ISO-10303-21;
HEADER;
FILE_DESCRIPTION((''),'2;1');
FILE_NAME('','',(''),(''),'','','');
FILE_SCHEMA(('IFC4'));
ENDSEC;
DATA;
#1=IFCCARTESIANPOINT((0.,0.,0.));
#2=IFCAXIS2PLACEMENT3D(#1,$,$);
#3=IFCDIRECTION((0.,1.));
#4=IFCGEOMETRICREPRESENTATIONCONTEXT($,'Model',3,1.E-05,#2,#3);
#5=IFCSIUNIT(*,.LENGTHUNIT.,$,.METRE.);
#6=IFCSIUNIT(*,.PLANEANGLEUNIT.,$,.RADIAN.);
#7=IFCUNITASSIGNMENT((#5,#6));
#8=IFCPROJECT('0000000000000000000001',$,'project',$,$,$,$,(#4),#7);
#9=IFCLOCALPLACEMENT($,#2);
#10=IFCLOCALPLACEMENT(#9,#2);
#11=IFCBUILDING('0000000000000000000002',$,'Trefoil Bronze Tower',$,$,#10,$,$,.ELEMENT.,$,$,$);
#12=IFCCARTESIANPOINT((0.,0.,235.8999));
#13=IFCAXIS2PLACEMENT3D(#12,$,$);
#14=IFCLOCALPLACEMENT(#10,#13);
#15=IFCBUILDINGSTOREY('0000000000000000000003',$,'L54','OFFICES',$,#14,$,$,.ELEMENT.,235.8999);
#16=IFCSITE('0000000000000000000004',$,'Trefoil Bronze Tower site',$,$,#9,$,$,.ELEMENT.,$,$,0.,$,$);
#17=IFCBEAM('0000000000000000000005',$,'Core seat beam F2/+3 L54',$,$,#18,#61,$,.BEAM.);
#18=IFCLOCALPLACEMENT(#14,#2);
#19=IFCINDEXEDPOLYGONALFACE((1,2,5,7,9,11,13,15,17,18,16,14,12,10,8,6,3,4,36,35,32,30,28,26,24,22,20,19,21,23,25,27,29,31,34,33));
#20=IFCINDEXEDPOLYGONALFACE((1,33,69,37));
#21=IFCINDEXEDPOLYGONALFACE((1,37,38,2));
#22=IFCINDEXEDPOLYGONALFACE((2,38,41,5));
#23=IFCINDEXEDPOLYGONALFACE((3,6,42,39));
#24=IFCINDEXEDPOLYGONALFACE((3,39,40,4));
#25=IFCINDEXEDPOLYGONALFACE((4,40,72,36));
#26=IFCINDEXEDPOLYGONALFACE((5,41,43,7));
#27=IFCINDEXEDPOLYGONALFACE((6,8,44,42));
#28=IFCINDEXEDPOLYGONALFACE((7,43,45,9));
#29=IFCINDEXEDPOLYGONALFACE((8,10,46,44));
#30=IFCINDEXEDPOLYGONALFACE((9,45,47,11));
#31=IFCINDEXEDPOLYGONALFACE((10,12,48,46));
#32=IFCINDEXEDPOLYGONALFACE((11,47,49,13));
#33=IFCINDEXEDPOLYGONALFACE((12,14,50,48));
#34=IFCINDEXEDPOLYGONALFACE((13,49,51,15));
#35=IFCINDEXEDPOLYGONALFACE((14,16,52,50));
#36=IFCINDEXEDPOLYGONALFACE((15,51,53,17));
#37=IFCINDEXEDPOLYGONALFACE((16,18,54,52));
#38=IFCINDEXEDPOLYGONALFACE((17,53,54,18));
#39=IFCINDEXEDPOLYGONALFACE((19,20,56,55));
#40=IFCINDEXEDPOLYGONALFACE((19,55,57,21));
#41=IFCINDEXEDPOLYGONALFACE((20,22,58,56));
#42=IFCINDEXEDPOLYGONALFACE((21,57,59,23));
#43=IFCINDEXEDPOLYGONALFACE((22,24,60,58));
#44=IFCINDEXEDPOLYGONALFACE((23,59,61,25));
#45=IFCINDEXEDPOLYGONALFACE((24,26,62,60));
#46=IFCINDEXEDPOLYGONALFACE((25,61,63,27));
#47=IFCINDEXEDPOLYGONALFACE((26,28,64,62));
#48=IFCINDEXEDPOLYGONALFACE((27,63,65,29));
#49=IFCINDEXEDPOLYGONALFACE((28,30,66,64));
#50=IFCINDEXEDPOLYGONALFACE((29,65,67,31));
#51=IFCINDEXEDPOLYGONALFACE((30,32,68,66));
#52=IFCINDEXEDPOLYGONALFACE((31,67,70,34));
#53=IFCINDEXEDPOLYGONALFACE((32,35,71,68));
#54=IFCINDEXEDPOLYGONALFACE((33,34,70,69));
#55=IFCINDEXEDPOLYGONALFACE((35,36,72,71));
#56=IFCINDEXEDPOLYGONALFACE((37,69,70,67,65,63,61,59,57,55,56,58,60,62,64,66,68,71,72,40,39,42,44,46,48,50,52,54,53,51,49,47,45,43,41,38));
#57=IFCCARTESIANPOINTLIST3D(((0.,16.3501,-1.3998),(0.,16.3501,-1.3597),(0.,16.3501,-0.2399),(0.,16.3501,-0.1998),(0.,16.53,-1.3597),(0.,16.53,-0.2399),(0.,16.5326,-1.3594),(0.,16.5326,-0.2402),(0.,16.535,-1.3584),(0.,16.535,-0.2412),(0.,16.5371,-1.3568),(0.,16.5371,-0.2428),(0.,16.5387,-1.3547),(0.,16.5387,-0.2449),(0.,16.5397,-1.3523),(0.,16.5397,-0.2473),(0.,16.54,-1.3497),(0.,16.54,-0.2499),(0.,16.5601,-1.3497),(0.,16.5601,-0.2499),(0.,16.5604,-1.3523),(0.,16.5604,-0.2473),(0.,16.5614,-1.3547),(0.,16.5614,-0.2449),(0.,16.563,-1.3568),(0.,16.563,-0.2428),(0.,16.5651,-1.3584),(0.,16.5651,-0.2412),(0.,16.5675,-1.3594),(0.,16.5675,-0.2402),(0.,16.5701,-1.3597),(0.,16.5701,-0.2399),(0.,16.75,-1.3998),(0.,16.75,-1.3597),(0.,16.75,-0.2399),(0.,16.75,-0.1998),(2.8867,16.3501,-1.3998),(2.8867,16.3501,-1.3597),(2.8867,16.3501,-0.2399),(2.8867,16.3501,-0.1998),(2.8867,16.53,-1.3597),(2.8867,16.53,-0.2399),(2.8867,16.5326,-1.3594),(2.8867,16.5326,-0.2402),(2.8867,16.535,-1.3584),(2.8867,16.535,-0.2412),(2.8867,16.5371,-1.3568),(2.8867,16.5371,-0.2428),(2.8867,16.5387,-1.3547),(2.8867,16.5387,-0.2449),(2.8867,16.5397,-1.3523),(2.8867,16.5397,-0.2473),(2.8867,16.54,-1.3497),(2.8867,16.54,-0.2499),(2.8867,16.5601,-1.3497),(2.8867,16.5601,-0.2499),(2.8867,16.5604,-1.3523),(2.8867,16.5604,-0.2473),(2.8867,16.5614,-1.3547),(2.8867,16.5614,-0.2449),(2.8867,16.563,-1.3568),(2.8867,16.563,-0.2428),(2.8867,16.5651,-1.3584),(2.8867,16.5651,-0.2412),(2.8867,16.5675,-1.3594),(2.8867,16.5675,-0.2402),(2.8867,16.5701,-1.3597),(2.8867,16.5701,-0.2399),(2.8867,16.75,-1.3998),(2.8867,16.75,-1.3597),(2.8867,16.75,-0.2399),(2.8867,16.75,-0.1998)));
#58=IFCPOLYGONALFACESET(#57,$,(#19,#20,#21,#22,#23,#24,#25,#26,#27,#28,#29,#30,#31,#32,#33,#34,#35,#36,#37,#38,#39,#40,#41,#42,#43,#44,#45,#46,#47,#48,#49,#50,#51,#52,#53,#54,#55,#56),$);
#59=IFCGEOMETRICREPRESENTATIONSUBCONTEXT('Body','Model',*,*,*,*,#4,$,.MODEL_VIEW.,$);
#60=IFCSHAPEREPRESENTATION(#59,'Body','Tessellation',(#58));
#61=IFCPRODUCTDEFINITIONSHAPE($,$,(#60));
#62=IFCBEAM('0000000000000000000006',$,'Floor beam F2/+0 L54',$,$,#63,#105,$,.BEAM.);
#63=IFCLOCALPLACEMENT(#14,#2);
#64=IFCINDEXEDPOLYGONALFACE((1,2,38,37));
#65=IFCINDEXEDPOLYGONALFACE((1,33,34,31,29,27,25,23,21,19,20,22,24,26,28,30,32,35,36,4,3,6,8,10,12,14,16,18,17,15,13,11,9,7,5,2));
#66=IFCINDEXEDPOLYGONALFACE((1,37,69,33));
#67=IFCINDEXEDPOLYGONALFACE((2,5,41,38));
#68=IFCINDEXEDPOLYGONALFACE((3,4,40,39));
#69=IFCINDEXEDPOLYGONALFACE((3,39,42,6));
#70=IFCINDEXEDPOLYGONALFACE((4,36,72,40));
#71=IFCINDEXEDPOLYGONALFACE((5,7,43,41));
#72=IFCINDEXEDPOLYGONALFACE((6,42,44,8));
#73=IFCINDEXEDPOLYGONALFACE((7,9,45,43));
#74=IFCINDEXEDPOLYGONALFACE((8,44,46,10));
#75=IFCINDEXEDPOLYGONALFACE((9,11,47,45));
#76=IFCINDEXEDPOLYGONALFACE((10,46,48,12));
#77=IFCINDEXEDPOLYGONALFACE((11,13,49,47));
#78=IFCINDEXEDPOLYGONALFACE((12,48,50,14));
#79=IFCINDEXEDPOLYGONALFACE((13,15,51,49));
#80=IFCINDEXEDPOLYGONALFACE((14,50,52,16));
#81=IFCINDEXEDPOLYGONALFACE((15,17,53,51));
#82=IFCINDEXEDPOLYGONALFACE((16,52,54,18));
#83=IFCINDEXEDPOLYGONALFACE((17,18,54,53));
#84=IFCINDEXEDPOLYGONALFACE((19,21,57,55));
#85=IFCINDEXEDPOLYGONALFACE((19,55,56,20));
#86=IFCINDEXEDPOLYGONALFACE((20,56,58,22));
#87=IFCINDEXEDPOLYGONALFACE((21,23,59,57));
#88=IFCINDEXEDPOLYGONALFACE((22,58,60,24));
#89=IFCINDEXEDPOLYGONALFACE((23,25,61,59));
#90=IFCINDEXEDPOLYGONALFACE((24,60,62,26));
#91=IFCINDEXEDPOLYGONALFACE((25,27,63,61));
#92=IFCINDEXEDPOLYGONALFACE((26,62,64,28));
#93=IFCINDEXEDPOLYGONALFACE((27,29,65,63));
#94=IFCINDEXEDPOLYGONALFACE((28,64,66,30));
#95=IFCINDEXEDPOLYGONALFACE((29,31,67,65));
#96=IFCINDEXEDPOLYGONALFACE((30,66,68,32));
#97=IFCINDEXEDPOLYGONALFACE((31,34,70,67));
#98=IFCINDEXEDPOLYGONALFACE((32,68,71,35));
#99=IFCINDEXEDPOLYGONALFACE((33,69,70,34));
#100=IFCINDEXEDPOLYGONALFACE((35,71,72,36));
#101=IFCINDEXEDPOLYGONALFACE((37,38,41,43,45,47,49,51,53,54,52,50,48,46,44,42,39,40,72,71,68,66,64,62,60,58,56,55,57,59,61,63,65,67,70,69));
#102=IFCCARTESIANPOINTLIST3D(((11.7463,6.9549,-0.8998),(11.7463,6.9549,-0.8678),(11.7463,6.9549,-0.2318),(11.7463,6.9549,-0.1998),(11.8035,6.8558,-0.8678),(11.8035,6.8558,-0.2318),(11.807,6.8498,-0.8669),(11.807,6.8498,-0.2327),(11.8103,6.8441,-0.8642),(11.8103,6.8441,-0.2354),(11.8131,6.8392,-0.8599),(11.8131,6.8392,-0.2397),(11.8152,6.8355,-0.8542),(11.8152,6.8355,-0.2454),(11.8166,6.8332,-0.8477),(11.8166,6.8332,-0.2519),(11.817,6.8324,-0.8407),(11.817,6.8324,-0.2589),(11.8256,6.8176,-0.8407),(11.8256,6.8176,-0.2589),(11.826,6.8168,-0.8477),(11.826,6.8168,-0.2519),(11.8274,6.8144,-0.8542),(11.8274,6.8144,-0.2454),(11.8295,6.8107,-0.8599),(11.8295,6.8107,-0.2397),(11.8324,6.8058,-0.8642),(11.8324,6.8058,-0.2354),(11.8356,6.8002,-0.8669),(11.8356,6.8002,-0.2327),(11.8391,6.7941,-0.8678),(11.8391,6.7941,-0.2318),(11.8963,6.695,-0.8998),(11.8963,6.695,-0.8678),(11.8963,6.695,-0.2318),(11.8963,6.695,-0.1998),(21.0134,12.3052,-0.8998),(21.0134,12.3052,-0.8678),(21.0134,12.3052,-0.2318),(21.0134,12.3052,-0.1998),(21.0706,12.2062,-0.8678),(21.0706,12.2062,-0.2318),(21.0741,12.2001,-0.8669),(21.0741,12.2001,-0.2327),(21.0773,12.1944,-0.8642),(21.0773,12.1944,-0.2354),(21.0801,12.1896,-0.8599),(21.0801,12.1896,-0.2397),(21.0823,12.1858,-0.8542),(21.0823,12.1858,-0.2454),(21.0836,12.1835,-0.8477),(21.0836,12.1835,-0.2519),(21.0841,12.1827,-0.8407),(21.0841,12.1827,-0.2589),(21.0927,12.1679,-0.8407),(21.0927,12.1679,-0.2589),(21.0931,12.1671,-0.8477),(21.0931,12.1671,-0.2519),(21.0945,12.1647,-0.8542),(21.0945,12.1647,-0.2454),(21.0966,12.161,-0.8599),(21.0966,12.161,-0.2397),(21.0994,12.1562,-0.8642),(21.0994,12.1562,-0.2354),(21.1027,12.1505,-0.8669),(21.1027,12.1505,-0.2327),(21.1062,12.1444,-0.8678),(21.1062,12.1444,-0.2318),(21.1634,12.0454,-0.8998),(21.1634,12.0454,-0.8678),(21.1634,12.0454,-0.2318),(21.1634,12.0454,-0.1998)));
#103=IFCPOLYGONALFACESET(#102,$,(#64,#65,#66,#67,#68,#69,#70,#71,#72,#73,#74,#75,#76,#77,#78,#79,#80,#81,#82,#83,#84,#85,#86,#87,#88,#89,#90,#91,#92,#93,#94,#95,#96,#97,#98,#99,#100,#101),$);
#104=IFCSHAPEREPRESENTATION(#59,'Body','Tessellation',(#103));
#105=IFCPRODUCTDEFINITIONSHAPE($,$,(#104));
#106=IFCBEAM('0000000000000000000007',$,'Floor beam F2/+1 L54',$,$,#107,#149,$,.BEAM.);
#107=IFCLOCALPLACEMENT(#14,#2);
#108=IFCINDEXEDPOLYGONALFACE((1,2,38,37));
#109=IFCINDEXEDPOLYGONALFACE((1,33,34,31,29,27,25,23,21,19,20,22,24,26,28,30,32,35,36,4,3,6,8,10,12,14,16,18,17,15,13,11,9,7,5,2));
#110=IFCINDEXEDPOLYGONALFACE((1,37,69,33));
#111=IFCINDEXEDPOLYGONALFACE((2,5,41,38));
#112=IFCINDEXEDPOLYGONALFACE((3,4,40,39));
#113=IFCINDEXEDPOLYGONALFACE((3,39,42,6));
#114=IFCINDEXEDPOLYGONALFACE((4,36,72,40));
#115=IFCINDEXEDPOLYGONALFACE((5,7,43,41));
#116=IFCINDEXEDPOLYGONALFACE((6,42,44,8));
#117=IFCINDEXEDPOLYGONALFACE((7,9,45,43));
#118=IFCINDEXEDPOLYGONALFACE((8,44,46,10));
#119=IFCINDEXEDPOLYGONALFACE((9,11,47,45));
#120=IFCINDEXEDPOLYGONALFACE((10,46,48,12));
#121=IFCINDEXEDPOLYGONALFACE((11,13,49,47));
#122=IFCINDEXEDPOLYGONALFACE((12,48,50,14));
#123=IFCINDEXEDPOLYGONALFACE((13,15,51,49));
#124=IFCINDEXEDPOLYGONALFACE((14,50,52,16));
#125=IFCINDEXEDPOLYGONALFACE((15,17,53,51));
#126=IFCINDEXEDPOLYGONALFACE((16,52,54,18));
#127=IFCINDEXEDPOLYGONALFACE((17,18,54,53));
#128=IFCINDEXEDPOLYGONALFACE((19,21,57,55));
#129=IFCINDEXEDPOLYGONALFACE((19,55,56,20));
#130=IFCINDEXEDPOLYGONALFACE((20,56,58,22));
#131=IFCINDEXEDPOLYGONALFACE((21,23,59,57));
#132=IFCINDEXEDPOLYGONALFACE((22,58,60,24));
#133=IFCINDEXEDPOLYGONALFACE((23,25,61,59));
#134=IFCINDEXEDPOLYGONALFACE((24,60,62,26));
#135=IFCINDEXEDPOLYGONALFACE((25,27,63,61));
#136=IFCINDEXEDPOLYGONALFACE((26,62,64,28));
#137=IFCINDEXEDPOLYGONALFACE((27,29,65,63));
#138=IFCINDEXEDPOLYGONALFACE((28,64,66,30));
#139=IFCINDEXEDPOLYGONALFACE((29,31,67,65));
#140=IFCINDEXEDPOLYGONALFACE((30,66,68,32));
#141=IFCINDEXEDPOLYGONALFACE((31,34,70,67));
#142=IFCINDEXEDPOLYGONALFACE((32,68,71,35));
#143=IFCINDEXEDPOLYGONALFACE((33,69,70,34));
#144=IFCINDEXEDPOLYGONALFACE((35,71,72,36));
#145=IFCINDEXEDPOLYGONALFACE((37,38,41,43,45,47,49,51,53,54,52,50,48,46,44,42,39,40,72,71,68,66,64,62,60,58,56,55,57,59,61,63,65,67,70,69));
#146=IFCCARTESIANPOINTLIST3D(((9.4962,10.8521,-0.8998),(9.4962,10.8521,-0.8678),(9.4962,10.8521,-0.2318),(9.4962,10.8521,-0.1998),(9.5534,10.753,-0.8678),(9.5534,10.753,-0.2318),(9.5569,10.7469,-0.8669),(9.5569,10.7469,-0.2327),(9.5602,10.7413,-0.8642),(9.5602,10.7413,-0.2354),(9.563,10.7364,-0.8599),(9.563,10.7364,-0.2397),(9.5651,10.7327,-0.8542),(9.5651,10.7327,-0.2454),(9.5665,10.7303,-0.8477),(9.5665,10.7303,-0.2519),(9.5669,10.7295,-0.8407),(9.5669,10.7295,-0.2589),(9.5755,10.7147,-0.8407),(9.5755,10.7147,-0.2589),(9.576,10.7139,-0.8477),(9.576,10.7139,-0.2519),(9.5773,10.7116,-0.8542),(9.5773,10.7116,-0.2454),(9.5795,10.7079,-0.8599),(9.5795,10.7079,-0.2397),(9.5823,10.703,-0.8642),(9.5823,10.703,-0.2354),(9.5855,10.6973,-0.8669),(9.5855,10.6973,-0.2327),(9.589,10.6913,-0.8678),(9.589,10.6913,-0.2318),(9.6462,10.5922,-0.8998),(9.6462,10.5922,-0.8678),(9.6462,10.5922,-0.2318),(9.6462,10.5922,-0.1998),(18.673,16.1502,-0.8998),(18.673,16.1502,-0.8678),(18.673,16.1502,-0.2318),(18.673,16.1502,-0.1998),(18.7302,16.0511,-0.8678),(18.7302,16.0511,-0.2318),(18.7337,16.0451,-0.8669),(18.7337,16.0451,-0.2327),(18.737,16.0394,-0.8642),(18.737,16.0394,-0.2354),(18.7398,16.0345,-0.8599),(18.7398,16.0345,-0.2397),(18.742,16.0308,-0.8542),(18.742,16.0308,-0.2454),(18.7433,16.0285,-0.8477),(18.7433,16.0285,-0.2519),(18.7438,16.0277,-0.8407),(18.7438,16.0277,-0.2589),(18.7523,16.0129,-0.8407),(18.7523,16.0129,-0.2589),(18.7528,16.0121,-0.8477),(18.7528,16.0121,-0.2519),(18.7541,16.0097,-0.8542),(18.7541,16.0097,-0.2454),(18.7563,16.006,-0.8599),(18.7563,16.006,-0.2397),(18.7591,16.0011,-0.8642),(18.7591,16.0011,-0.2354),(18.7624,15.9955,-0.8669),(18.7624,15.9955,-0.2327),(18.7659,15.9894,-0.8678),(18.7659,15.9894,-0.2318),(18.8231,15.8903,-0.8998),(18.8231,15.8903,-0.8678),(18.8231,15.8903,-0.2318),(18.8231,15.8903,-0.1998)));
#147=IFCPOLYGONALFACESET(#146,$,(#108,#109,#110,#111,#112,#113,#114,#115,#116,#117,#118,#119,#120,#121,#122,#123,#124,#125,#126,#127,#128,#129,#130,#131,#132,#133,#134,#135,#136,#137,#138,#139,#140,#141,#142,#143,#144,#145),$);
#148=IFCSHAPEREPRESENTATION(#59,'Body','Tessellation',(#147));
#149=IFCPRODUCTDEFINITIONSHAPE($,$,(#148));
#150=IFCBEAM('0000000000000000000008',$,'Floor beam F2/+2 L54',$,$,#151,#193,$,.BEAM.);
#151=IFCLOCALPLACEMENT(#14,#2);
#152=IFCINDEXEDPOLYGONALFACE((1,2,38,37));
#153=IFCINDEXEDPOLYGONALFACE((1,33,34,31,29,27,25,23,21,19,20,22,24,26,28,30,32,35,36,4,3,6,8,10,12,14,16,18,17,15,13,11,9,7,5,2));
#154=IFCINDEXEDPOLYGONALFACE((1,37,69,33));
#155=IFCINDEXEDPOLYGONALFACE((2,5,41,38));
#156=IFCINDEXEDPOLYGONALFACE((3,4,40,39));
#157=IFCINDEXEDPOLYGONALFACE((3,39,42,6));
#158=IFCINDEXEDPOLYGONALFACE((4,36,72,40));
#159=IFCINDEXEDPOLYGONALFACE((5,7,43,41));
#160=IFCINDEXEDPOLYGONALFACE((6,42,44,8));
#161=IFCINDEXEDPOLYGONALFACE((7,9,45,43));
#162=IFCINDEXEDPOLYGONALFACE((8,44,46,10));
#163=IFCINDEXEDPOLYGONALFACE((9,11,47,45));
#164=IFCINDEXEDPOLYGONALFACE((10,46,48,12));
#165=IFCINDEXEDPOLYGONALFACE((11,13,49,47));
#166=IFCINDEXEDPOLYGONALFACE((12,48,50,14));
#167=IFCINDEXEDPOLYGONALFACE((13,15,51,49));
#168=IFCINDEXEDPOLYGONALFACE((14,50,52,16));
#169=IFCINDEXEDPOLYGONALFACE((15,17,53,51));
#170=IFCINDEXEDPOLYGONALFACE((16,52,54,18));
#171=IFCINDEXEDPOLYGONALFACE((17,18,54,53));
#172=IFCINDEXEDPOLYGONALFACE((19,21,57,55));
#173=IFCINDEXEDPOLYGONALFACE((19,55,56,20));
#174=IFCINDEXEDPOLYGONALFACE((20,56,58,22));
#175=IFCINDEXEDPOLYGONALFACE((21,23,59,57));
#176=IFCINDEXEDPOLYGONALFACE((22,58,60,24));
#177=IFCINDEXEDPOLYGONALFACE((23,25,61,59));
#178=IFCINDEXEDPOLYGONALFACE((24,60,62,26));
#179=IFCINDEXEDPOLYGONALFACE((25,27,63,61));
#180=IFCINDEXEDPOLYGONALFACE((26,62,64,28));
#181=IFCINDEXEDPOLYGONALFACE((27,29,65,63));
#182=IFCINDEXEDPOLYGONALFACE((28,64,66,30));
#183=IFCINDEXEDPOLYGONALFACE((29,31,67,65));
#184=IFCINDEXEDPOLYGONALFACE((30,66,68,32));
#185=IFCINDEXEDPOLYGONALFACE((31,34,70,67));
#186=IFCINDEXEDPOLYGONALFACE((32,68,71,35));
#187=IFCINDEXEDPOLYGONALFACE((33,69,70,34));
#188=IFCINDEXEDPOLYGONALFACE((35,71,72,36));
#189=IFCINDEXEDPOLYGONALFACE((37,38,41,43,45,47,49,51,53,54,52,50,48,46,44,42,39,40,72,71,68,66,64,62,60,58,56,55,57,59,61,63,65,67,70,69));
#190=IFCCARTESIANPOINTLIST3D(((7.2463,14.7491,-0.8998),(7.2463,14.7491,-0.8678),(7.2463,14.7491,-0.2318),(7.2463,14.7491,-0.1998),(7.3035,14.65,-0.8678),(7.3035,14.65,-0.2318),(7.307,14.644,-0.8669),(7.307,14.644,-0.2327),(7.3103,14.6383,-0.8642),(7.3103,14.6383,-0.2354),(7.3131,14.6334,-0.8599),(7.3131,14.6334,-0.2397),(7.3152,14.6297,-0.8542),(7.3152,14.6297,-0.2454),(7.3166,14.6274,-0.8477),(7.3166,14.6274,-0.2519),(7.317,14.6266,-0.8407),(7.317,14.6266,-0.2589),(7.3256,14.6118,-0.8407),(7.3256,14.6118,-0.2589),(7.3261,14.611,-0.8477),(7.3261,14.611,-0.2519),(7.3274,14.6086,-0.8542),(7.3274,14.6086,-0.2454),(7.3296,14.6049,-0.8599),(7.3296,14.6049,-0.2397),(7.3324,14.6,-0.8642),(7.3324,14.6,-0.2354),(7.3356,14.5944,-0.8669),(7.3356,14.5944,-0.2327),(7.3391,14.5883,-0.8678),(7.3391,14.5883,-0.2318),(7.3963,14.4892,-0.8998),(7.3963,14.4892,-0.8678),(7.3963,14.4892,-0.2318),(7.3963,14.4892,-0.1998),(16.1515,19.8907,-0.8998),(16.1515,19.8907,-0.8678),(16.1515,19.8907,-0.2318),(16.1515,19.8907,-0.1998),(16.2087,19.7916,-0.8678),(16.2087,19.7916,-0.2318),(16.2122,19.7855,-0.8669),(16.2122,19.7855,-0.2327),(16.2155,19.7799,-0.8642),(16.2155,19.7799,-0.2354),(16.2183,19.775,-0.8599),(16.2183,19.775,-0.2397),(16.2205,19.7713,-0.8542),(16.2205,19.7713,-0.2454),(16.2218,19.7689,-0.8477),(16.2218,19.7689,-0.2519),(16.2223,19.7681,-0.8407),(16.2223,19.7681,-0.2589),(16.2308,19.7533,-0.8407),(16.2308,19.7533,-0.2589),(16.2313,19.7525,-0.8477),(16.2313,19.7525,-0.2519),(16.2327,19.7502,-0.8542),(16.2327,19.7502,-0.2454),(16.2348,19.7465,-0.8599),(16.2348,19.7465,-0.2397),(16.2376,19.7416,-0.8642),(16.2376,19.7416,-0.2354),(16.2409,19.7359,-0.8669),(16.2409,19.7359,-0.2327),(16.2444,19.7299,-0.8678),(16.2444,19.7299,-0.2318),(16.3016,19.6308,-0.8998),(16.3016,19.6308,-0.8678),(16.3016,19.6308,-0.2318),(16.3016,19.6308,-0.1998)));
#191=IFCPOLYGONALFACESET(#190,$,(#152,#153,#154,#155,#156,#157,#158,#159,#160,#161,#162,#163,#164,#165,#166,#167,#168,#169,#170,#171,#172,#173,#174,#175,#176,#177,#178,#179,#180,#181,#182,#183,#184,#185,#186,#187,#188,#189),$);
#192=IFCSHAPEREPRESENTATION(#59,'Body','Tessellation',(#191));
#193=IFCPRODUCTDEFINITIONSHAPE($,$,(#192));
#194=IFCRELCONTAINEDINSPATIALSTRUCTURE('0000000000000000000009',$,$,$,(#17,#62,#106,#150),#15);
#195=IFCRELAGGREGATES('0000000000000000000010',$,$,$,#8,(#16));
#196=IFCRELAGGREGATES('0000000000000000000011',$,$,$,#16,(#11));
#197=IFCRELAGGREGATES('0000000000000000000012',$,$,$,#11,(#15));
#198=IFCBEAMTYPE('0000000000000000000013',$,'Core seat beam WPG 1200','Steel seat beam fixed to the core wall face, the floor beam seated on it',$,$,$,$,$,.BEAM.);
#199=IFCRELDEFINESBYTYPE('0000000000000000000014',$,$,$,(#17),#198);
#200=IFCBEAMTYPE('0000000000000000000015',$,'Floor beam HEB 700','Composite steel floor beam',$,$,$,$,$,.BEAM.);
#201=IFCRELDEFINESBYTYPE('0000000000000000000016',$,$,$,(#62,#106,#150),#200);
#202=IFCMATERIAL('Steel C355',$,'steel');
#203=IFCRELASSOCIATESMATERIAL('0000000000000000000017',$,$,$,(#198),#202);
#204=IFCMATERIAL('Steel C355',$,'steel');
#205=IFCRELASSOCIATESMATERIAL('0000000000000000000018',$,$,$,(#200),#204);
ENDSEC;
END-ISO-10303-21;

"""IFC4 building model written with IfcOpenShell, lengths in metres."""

from ifc_helpers import new_model, si_unit, direction, frame, origin, origin_2d, place, context, subcontext, project, spatial, i_section, extrude, material, material_profile, profile_set, type_object, element, save


model = new_model("IFC4")

# Units and contexts
model_context = context("Model", 3, precision=1e-05, world=origin(), true_north=direction((0.0, 1.0)))
body_context = subcontext(model_context, "Body", "Model", "MODEL_VIEW")
ifc_project = project(units=[si_unit("LENGTHUNIT", "METRE"), si_unit("PLANEANGLEUNIT", "RADIAN")], contexts=[model_context])

# Site, building, storey
site_placement = place(None, origin())
site = spatial("IfcSite", under=ifc_project, at=site_placement, Name="Trefoil Bronze Tower site", CompositionType="ELEMENT", RefElevation=0.0)
building_placement = place(site_placement, origin())
building = spatial("IfcBuilding", under=site, at=building_placement, Name="Trefoil Bronze Tower", CompositionType="ELEMENT")
storey_placement = place(building_placement, frame((0.0, 0.0, 235.8999)))
storey = spatial("IfcBuildingStorey", under=building, at=storey_placement, Name="L54", Description="OFFICES", CompositionType="ELEMENT", Elevation=235.8999)

# Beams
ifc_material_1 = material(Name="Steel C355", Category="steel")
ifc_material_profile_1 = material_profile(ifc_material_1, i_section(OverallWidth=0.3999, OverallDepth=1.2, WebThickness=0.02, FlangeThickness=0.04, FilletRadius=0.01, at=origin_2d()), Name="WPG 1200")
ifc_profile_set_1 = profile_set([ifc_material_profile_1], Name="Steel C355")
beam_type_1 = type_object("IfcBeamType", Name="Core seat beam WPG 1200", Description="Steel seat beam fixed to the core wall face, the floor beam seated on it", PredefinedType="BEAM", material=ifc_profile_set_1)
beam_1_placement = place(storey_placement, frame((2.8867, 16.55, -0.7998), z_axis=(-1.0, 0.0, 0.0), x_axis=(0.0, -1.0, 0.0)))
element("IfcBeam", 1, at=beam_1_placement, inside=storey, type_object=beam_type_1, Name="Core seat beam F2/+3 L54", PredefinedType="BEAM", context=body_context, shape_type="SweptSolid", body=[
    extrude(i_section(OverallWidth=0.3999, OverallDepth=1.2, WebThickness=0.02, FlangeThickness=0.04, FilletRadius=0.01, at=origin_2d()), origin(), (0.0, 0.0, 1.0), 2.8867),
])
ifc_material_2 = material(Name="Steel C355", Category="steel")
ifc_material_profile_2 = material_profile(ifc_material_2, i_section(OverallWidth=0.3, OverallDepth=0.7, WebThickness=0.0171, FlangeThickness=0.032, FilletRadius=0.0271, at=origin_2d()), Name="HEB 700")
ifc_profile_set_2 = profile_set([ifc_material_profile_2], Name="Steel C355")
beam_type_2 = type_object("IfcBeamType", Name="Floor beam HEB 700", Description="Composite steel floor beam", PredefinedType="BEAM", material=ifc_profile_set_2)
beam_2_placement = place(storey_placement, frame((21.0884, 12.1753, -0.5498), z_axis=(-0.866026, -0.499999, 0.0), x_axis=(0.499999, -0.866026, 0.0)))
element("IfcBeam", 2, at=beam_2_placement, inside=storey, type_object=beam_type_2, Name="Floor beam F2/+0 L54", PredefinedType="BEAM", context=body_context, shape_type="SweptSolid", body=[
    extrude(i_section(OverallWidth=0.3, OverallDepth=0.7, WebThickness=0.0171, FlangeThickness=0.032, FilletRadius=0.0271, at=origin_2d()), origin(), (0.0, 0.0, 1.0), 10.7007),
])
beam_3_placement = place(storey_placement, frame((18.748, 16.0203, -0.5498), z_axis=(-0.86603, -0.499992, 0.0), x_axis=(0.499992, -0.86603, 0.0)))
element("IfcBeam", 3, at=beam_3_placement, inside=storey, type_object=beam_type_2, Name="Floor beam F2/+1 L54", PredefinedType="BEAM", context=body_context, shape_type="SweptSolid", body=[
    extrude(i_section(OverallWidth=0.3, OverallDepth=0.7, WebThickness=0.0171, FlangeThickness=0.032, FilletRadius=0.0271, at=origin_2d()), origin(), (0.0, 0.0, 1.0), 10.5964),
])
beam_4_placement = place(storey_placement, frame((16.2266, 19.7607, -0.5498), z_axis=(-0.86602, -0.50001, 0.0), x_axis=(0.50001, -0.86602, 0.0)))
element("IfcBeam", 4, at=beam_4_placement, inside=storey, type_object=beam_type_2, Name="Floor beam F2/+2 L54", PredefinedType="BEAM", context=body_context, shape_type="SweptSolid", body=[
    extrude(i_section(OverallWidth=0.3, OverallDepth=0.7, WebThickness=0.0171, FlangeThickness=0.032, FilletRadius=0.0271, at=origin_2d()), origin(), (0.0, 0.0, 1.0), 10.283),
])

save(model, "model.ifc")
